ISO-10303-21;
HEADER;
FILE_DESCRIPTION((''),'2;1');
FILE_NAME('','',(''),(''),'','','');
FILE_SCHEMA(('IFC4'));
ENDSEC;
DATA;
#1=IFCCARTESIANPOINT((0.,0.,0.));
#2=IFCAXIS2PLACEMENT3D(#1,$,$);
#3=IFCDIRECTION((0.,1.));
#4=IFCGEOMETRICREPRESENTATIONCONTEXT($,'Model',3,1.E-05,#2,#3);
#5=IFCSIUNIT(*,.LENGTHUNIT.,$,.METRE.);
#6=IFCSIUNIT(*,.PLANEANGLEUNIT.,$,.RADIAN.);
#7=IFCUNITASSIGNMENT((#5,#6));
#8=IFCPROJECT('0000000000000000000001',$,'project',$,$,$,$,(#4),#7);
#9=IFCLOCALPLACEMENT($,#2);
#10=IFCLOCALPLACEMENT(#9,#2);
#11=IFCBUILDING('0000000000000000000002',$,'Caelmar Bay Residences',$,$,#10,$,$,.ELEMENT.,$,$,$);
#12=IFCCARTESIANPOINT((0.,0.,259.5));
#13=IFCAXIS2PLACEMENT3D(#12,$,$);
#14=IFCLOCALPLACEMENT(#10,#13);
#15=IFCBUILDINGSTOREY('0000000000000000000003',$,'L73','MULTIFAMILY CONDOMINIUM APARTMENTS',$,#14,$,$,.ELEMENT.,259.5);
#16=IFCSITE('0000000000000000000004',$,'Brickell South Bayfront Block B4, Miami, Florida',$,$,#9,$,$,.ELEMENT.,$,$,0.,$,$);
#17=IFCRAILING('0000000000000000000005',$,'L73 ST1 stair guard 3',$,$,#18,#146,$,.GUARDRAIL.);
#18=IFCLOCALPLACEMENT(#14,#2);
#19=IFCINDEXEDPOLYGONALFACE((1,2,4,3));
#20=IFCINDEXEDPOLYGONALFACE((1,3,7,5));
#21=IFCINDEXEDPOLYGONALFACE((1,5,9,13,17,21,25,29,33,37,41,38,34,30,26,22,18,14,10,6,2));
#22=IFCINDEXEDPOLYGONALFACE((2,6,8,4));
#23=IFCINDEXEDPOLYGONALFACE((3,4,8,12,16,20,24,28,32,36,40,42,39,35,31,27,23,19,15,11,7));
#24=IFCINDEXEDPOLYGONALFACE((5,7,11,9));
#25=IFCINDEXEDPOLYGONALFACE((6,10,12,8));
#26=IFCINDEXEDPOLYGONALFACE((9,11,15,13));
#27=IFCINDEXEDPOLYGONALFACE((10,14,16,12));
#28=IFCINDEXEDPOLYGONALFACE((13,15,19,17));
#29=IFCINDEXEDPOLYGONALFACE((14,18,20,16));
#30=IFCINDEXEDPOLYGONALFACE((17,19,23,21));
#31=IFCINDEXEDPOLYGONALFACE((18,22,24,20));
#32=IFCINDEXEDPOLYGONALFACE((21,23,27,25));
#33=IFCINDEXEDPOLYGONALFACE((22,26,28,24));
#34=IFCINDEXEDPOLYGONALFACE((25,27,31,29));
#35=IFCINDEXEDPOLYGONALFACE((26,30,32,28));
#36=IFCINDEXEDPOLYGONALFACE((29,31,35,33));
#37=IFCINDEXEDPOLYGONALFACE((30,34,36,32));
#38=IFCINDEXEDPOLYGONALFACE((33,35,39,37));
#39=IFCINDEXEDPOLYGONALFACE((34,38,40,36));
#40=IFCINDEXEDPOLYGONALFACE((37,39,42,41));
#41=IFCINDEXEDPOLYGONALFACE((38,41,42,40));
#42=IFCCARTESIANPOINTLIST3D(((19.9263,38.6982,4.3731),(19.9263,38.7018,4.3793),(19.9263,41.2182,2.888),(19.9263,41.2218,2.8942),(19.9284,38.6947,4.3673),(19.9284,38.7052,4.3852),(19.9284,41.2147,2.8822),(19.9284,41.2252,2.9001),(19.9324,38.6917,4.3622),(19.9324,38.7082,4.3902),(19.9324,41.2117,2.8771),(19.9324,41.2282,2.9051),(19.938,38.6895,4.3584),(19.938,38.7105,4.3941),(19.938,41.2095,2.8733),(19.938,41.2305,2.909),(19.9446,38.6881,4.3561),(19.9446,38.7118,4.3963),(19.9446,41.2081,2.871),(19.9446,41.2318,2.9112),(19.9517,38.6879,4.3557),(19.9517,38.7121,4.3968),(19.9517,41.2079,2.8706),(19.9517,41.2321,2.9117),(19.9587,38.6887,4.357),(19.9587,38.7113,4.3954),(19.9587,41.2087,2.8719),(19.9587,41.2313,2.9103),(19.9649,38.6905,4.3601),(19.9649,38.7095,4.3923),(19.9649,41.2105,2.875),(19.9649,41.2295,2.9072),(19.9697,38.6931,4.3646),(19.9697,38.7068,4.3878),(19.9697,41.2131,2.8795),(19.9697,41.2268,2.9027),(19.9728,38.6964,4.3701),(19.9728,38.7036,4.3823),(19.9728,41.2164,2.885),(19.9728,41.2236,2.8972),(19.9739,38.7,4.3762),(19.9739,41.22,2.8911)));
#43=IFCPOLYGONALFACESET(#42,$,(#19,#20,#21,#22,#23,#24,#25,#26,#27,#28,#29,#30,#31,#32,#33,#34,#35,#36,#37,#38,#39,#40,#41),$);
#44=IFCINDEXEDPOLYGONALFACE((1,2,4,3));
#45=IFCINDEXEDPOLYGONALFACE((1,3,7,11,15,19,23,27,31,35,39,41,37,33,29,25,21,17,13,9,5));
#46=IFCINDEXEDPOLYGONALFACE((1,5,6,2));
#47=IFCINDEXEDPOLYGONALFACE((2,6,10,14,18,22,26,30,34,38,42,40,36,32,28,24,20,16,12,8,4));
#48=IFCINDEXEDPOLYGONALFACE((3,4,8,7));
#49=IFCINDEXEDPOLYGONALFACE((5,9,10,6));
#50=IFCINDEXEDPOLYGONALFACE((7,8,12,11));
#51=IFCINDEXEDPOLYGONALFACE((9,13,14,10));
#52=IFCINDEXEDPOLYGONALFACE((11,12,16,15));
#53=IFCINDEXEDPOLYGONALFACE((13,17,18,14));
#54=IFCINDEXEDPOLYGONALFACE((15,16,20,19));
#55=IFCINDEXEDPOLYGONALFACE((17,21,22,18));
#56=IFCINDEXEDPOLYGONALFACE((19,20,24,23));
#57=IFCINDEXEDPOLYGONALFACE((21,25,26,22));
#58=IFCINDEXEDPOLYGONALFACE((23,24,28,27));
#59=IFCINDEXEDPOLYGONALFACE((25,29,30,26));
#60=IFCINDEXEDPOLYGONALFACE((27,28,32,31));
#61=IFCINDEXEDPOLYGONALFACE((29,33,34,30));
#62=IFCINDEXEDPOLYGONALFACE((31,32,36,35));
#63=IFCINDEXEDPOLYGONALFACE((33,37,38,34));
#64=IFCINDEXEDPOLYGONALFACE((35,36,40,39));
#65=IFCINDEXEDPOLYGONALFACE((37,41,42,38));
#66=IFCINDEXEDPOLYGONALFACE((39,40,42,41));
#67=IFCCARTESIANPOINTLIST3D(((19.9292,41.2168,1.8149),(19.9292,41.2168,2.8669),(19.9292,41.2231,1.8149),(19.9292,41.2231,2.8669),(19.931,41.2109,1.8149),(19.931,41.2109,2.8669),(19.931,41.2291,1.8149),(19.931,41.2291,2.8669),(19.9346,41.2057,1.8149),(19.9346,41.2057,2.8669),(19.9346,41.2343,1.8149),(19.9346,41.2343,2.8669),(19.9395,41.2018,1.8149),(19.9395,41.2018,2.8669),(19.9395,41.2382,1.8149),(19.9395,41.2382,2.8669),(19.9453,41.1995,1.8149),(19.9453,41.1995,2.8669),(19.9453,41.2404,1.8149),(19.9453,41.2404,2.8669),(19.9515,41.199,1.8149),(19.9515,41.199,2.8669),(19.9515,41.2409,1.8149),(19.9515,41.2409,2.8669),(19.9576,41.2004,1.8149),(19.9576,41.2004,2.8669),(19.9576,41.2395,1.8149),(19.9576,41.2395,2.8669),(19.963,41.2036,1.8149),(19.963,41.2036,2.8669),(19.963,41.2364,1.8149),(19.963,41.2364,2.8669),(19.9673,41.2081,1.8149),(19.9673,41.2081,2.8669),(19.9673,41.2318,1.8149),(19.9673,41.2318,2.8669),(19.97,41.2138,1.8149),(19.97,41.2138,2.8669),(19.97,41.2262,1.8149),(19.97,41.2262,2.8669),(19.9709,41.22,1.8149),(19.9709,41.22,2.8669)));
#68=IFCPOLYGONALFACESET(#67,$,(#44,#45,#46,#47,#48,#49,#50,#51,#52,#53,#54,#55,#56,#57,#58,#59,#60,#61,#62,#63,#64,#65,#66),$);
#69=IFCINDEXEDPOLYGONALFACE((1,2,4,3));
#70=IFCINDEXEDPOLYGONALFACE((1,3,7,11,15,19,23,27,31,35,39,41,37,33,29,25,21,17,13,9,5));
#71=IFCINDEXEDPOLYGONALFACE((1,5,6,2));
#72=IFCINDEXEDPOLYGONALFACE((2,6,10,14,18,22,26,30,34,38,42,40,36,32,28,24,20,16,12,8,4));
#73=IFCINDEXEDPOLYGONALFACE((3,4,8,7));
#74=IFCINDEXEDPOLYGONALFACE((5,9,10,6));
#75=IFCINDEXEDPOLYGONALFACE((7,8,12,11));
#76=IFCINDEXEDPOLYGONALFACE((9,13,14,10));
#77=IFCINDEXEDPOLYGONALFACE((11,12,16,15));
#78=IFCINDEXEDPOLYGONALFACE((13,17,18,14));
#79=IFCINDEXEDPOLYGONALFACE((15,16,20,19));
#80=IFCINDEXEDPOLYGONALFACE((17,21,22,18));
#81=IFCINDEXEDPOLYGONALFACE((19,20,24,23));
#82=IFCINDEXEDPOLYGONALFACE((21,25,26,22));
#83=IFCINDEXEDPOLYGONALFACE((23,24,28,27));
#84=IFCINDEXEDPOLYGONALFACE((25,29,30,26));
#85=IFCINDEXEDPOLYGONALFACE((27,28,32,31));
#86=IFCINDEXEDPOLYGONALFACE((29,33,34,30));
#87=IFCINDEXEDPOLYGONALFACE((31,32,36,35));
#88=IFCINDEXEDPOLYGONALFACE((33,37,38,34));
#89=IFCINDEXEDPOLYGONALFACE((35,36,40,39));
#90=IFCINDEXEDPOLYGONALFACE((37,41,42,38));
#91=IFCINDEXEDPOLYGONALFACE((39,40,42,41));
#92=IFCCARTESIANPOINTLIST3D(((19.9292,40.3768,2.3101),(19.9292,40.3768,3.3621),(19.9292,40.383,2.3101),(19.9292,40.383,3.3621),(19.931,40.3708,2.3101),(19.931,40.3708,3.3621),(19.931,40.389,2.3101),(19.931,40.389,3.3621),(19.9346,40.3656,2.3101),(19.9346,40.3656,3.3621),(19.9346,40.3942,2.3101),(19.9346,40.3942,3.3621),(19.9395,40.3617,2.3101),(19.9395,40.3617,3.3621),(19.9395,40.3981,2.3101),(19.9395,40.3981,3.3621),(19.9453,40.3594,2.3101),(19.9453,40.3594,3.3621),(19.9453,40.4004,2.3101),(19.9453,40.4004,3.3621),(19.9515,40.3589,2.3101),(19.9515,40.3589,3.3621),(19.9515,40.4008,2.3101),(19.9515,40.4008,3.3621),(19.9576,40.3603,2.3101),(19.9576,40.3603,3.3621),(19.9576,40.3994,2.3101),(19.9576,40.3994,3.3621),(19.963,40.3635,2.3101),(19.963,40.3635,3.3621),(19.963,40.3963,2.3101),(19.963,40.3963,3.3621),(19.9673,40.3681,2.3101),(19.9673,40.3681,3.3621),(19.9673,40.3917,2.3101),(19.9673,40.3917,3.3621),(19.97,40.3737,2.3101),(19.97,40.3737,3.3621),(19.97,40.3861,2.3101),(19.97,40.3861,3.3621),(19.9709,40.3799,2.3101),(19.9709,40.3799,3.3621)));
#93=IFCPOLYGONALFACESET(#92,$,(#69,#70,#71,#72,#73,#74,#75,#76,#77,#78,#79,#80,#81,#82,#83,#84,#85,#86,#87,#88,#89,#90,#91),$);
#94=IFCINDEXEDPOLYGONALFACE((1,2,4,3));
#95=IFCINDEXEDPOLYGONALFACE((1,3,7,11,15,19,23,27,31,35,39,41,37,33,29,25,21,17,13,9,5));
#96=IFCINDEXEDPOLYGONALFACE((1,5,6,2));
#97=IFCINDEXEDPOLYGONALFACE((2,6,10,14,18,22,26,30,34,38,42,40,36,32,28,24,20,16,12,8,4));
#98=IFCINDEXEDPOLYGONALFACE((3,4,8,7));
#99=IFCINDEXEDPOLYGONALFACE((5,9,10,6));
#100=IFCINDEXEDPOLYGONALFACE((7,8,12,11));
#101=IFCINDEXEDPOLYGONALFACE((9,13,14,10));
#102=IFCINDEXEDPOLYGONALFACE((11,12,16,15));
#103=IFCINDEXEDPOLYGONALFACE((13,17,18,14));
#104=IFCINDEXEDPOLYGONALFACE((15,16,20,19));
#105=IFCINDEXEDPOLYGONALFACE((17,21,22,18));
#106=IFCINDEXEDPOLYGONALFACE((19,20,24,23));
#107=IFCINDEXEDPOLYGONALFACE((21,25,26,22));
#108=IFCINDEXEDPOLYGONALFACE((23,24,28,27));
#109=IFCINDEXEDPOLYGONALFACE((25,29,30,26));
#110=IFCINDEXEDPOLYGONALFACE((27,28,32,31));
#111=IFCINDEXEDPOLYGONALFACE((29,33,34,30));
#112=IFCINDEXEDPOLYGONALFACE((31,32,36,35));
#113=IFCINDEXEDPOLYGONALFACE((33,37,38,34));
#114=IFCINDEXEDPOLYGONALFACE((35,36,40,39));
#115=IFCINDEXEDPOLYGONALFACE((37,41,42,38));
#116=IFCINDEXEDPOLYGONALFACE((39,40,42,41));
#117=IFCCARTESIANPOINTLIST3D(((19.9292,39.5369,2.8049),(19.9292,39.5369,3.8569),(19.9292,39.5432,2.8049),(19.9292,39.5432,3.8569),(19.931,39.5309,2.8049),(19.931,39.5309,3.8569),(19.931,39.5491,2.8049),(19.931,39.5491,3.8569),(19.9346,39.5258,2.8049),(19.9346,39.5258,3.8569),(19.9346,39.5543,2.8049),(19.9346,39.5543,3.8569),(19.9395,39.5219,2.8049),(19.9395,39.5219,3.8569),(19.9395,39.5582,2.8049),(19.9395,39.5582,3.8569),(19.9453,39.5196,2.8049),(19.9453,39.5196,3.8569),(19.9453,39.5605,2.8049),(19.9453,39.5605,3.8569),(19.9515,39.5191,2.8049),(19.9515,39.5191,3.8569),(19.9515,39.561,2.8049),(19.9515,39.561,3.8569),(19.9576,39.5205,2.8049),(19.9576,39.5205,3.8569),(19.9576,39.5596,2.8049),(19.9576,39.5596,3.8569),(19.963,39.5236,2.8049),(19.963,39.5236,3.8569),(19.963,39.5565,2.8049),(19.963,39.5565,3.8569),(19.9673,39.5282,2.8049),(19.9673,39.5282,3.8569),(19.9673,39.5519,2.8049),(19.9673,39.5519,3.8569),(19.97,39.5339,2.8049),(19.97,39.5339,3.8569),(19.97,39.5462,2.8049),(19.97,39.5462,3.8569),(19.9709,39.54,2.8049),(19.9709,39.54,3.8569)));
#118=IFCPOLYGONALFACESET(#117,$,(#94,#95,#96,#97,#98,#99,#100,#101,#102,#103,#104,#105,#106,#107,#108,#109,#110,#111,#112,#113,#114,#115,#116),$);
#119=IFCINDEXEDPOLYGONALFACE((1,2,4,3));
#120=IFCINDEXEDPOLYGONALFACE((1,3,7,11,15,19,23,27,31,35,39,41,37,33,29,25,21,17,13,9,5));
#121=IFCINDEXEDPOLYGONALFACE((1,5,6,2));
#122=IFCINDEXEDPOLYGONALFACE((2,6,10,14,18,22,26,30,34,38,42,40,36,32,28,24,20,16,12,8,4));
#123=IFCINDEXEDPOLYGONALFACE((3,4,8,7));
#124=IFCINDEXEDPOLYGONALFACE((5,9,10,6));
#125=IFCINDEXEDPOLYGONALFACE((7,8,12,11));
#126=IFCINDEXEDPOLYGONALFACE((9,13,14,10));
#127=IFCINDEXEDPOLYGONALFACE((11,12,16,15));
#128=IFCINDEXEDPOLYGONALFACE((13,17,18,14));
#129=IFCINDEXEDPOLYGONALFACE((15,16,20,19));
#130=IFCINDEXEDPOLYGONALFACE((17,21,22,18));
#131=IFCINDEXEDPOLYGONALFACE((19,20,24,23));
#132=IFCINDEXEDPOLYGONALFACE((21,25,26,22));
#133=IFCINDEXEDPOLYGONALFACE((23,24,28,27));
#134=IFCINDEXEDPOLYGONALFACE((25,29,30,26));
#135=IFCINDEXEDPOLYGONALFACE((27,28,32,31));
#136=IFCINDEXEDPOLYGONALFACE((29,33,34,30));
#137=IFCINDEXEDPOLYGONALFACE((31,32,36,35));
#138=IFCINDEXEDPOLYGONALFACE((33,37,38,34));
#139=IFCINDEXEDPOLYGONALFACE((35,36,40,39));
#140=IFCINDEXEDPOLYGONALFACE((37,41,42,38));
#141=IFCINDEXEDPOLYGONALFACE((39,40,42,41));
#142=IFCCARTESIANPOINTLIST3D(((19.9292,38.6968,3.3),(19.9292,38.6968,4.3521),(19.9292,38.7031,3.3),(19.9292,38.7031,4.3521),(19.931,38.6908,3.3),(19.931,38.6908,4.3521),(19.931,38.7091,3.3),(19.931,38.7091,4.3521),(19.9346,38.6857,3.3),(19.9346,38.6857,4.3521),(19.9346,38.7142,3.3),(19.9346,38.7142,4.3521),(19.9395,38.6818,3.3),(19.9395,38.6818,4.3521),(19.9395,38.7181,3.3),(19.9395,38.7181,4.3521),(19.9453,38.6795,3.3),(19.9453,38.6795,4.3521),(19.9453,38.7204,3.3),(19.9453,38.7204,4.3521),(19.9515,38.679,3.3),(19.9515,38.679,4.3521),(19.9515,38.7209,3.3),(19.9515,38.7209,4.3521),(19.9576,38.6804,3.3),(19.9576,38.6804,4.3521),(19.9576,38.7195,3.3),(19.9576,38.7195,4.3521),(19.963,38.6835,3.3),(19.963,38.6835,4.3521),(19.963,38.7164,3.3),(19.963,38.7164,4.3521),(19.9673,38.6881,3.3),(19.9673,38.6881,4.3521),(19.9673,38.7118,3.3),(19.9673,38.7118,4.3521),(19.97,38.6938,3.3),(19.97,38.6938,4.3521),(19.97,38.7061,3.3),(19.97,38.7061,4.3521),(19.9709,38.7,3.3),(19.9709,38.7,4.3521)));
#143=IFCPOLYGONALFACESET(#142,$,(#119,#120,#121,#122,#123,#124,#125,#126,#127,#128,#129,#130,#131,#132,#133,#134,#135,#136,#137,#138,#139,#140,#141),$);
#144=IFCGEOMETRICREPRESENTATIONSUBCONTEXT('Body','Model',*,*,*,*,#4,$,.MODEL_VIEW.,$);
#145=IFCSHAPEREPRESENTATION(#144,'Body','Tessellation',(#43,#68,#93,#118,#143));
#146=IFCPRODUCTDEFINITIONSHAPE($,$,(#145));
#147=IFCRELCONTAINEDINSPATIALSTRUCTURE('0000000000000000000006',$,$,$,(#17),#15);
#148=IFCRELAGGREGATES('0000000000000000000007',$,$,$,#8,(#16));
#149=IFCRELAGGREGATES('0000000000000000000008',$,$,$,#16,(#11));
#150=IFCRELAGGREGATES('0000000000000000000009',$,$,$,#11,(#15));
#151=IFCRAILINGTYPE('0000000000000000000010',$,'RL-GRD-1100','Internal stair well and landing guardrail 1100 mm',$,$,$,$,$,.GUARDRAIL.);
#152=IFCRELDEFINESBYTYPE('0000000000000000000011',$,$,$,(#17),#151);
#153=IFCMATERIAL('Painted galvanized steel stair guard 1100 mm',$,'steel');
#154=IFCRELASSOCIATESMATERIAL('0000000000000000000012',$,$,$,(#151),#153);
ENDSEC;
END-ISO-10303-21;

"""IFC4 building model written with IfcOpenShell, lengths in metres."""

from ifc_helpers import new_model, si_unit, direction, frame, origin, origin_2d, place, context, subcontext, project, spatial, circle, extrude, material, type_object, element, save


model = new_model("IFC4")

# Units and contexts
model_context = context("Model", 3, precision=1e-05, world=origin(), true_north=direction((0.0, 1.0)))
body_context = subcontext(model_context, "Body", "Model", "MODEL_VIEW")
ifc_project = project(units=[si_unit("LENGTHUNIT", "METRE"), si_unit("PLANEANGLEUNIT", "RADIAN")], contexts=[model_context])

# Site, building, storey
site_placement = place(None, origin())
site = spatial("IfcSite", under=ifc_project, at=site_placement, Name="Brickell South Bayfront Block B4, Miami, Florida", CompositionType="ELEMENT", RefElevation=0.0)
building_placement = place(site_placement, origin())
building = spatial("IfcBuilding", under=site, at=building_placement, Name="Caelmar Bay Residences", CompositionType="ELEMENT")
storey_placement = place(building_placement, frame((0.0, 0.0, 259.5)))
storey = spatial("IfcBuildingStorey", under=building, at=storey_placement, Name="L73", Description="MULTIFAMILY CONDOMINIUM APARTMENTS", CompositionType="ELEMENT", Elevation=259.5)

# Railing
ifc_material_1 = material(Name="Painted galvanized steel stair guard 1100 mm", Category="steel")
railing_type_1 = type_object("IfcRailingType", Name="RL-GRD-1100", Description="Internal stair well and landing guardrail 1100 mm", PredefinedType="GUARDRAIL", material=ifc_material_1)
railing_1_placement = place(storey_placement, frame((19.95, 41.22, 1.8149)))
element("IfcRailing", 1, at=railing_1_placement, inside=storey, type_object=railing_type_1, Name="L73 ST1 stair guard 3", PredefinedType="GUARDRAIL", context=body_context, shape_type="SweptSolid", body=[
    extrude(circle(Radius=0.0239, at=origin_2d()), frame((0.0, 0.0, 1.0762), z_axis=(0.0, -0.861524, 0.507717), x_axis=(1.0, 0.0, 0.0)), (0.0, 0.0, 1.0), 2.925),
    extrude(circle(Radius=0.021, at=origin_2d()), origin(), (0.0, 0.0, 1.0), 1.052),
    extrude(circle(Radius=0.021, at=origin_2d()), frame((0.0, -0.8401, 0.4951)), (0.0, 0.0, 1.0), 1.052),
    extrude(circle(Radius=0.021, at=origin_2d()), frame((0.0, -1.6799, 0.99)), (0.0, 0.0, 1.0), 1.052),
    extrude(circle(Radius=0.021, at=origin_2d()), frame((0.0, -2.52, 1.4851)), (0.0, 0.0, 1.0), 1.052),
])

save(model, "model.ifc")
